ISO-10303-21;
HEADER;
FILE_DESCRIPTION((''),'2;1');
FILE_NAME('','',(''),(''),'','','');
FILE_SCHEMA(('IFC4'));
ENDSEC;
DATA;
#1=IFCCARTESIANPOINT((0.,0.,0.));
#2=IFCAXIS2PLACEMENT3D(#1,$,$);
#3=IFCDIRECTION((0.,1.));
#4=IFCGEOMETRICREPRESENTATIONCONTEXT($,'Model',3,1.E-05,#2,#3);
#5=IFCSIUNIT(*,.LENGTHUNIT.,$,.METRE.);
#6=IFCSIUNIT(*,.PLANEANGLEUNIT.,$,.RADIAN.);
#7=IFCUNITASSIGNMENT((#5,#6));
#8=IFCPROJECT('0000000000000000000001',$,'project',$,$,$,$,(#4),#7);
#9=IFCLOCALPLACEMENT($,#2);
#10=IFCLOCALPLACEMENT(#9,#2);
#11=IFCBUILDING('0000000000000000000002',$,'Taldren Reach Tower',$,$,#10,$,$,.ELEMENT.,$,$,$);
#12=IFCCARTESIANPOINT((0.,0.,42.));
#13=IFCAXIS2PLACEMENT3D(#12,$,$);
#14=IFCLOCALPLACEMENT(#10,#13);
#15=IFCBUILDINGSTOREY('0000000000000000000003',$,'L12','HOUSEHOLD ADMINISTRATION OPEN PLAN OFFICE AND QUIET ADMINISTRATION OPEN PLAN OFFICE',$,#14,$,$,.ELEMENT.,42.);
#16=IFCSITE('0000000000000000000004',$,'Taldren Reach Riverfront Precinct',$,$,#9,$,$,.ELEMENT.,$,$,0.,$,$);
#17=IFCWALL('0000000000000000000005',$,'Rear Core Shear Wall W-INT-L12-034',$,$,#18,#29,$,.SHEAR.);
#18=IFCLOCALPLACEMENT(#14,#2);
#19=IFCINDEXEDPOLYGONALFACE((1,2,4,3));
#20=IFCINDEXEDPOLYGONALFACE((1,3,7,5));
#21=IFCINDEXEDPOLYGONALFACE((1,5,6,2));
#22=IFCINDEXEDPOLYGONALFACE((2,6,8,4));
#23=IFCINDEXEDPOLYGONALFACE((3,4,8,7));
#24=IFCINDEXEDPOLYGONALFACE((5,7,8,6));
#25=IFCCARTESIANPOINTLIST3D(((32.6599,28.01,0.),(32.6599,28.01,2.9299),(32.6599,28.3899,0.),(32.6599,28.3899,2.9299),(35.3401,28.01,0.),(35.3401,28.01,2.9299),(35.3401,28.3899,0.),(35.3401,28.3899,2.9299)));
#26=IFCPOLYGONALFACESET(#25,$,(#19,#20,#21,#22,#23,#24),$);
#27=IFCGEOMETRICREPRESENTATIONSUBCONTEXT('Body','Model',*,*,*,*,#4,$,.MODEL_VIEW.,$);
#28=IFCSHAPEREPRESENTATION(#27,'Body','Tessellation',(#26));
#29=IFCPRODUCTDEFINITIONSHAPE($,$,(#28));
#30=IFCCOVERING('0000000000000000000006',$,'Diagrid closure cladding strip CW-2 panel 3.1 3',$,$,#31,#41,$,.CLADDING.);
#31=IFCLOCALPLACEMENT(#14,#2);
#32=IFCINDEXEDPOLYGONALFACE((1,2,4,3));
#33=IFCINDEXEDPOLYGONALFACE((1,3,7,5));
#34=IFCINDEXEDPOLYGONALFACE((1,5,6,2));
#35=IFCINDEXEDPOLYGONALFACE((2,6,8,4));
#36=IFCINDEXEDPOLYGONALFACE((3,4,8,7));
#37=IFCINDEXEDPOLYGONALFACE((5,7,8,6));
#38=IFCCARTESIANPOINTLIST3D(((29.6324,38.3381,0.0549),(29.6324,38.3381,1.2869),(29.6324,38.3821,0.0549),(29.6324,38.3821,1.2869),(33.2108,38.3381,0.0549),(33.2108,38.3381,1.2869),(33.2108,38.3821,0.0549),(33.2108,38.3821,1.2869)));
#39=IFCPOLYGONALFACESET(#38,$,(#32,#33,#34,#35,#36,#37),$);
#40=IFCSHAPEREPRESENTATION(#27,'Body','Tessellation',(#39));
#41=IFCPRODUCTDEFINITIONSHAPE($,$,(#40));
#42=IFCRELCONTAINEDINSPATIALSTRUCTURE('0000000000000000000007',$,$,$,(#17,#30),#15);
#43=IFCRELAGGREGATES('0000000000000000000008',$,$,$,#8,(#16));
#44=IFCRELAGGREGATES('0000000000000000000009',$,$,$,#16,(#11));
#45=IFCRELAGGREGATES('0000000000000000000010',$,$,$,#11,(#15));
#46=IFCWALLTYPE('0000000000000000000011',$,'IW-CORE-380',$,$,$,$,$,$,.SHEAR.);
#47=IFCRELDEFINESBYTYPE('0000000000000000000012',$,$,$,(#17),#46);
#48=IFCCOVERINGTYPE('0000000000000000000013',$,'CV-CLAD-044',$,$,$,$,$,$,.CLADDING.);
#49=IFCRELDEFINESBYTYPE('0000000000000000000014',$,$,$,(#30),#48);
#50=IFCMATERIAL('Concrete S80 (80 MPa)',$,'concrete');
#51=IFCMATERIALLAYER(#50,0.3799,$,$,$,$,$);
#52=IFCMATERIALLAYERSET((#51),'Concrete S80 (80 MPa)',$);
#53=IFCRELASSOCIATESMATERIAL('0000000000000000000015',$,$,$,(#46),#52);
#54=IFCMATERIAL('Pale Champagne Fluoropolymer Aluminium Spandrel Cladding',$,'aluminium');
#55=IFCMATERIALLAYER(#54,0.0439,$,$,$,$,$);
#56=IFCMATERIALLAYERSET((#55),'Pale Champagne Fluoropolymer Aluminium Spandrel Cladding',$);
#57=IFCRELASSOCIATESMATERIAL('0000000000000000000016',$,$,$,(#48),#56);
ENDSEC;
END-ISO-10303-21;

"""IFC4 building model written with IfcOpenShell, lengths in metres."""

from ifc_helpers import new_model, si_unit, direction, frame, frame_2d, origin, origin_2d, place, context, subcontext, project, spatial, rectangle, extrude, source, transform, mapped, material, layer, layer_set, type_object, element, save


model = new_model("IFC4")

# Units and contexts
model_context = context("Model", 3, precision=1e-05, world=origin(), true_north=direction((0.0, 1.0)))
body_context = subcontext(model_context, "Body", "Model", "MODEL_VIEW")
ifc_project = project(units=[si_unit("LENGTHUNIT", "METRE"), si_unit("PLANEANGLEUNIT", "RADIAN")], contexts=[model_context])

# Site, building, storey
site_placement = place(None, origin())
site = spatial("IfcSite", under=ifc_project, at=site_placement, Name="Taldren Reach Riverfront Precinct", CompositionType="ELEMENT", RefElevation=0.0)
building_placement = place(site_placement, origin())
building = spatial("IfcBuilding", under=site, at=building_placement, Name="Taldren Reach Tower", CompositionType="ELEMENT")
storey_placement = place(building_placement, frame((0.0, 0.0, 42.0)))
storey = spatial("IfcBuildingStorey", under=building, at=storey_placement, Name="L12", Description="HOUSEHOLD ADMINISTRATION OPEN PLAN OFFICE AND QUIET ADMINISTRATION OPEN PLAN OFFICE", CompositionType="ELEMENT", Elevation=42.0)

# Shared definitions
ifc_material_1 = material(Name="Concrete S80 (80 MPa)", Category="concrete")
ifc_layer_1 = layer(ifc_material_1, 0.3799)
ifc_layer_set_1 = layer_set([ifc_layer_1], Name="Concrete S80 (80 MPa)")
wall_type_1 = type_object("IfcWallType", Name="IW-CORE-380", PredefinedType="SHEAR", material=ifc_layer_set_1)

# Wall
shared_shape_1 = source(origin(), body_context, "Body", "SweptSolid", [
    extrude(rectangle(XDim=2.6802, YDim=0.3799, at=frame_2d((1.3401, 0.0))), origin(), (0.0, 0.0, 1.0), 2.9299),
])
wall_1_placement = place(storey_placement, frame((32.6599, 28.2, 0.0), z_axis=(0.0, 0.0, 1.0), x_axis=(1.0, 0.0, 0.0)))
element("IfcWall", 1, at=wall_1_placement, inside=storey, type_object=wall_type_1, Name="Rear Core Shear Wall W-INT-L12-034", PredefinedType="SHEAR", context=body_context, shape_type="MappedRepresentation", body=[
    mapped(shared_shape_1, transform((0.0, 0.0, 0.0), scale=1.0)),
])

# Covering
ifc_material_2 = material(Name="Pale Champagne Fluoropolymer Aluminium Spandrel Cladding", Category="aluminium")
ifc_layer_2 = layer(ifc_material_2, 0.0439)
ifc_layer_set_2 = layer_set([ifc_layer_2], Name="Pale Champagne Fluoropolymer Aluminium Spandrel Cladding")
covering_type = type_object("IfcCoveringType", Name="CV-CLAD-044", PredefinedType="CLADDING", material=ifc_layer_set_2)
shared_shape_2 = source(origin(), body_context, "Body", "SweptSolid", [
    extrude(rectangle(XDim=3.5784, YDim=0.0439, at=origin_2d()), origin(), (0.0, 0.0, 1.0), 1.2319),
])
covering_placement = place(storey_placement, frame((31.4216, 38.3601, 0.0549), z_axis=(0.0, 0.0, 1.0), x_axis=(-1.0, 0.0, 0.0)))
element("IfcCovering", 2, at=covering_placement, inside=storey, type_object=covering_type, Name="Diagrid closure cladding strip CW-2 panel 3.1 3", PredefinedType="CLADDING", context=body_context, shape_type="MappedRepresentation", body=[
    mapped(shared_shape_2, transform((0.0, 0.0, 0.0), scale=1.0)),
])

save(model, "model.ifc")
